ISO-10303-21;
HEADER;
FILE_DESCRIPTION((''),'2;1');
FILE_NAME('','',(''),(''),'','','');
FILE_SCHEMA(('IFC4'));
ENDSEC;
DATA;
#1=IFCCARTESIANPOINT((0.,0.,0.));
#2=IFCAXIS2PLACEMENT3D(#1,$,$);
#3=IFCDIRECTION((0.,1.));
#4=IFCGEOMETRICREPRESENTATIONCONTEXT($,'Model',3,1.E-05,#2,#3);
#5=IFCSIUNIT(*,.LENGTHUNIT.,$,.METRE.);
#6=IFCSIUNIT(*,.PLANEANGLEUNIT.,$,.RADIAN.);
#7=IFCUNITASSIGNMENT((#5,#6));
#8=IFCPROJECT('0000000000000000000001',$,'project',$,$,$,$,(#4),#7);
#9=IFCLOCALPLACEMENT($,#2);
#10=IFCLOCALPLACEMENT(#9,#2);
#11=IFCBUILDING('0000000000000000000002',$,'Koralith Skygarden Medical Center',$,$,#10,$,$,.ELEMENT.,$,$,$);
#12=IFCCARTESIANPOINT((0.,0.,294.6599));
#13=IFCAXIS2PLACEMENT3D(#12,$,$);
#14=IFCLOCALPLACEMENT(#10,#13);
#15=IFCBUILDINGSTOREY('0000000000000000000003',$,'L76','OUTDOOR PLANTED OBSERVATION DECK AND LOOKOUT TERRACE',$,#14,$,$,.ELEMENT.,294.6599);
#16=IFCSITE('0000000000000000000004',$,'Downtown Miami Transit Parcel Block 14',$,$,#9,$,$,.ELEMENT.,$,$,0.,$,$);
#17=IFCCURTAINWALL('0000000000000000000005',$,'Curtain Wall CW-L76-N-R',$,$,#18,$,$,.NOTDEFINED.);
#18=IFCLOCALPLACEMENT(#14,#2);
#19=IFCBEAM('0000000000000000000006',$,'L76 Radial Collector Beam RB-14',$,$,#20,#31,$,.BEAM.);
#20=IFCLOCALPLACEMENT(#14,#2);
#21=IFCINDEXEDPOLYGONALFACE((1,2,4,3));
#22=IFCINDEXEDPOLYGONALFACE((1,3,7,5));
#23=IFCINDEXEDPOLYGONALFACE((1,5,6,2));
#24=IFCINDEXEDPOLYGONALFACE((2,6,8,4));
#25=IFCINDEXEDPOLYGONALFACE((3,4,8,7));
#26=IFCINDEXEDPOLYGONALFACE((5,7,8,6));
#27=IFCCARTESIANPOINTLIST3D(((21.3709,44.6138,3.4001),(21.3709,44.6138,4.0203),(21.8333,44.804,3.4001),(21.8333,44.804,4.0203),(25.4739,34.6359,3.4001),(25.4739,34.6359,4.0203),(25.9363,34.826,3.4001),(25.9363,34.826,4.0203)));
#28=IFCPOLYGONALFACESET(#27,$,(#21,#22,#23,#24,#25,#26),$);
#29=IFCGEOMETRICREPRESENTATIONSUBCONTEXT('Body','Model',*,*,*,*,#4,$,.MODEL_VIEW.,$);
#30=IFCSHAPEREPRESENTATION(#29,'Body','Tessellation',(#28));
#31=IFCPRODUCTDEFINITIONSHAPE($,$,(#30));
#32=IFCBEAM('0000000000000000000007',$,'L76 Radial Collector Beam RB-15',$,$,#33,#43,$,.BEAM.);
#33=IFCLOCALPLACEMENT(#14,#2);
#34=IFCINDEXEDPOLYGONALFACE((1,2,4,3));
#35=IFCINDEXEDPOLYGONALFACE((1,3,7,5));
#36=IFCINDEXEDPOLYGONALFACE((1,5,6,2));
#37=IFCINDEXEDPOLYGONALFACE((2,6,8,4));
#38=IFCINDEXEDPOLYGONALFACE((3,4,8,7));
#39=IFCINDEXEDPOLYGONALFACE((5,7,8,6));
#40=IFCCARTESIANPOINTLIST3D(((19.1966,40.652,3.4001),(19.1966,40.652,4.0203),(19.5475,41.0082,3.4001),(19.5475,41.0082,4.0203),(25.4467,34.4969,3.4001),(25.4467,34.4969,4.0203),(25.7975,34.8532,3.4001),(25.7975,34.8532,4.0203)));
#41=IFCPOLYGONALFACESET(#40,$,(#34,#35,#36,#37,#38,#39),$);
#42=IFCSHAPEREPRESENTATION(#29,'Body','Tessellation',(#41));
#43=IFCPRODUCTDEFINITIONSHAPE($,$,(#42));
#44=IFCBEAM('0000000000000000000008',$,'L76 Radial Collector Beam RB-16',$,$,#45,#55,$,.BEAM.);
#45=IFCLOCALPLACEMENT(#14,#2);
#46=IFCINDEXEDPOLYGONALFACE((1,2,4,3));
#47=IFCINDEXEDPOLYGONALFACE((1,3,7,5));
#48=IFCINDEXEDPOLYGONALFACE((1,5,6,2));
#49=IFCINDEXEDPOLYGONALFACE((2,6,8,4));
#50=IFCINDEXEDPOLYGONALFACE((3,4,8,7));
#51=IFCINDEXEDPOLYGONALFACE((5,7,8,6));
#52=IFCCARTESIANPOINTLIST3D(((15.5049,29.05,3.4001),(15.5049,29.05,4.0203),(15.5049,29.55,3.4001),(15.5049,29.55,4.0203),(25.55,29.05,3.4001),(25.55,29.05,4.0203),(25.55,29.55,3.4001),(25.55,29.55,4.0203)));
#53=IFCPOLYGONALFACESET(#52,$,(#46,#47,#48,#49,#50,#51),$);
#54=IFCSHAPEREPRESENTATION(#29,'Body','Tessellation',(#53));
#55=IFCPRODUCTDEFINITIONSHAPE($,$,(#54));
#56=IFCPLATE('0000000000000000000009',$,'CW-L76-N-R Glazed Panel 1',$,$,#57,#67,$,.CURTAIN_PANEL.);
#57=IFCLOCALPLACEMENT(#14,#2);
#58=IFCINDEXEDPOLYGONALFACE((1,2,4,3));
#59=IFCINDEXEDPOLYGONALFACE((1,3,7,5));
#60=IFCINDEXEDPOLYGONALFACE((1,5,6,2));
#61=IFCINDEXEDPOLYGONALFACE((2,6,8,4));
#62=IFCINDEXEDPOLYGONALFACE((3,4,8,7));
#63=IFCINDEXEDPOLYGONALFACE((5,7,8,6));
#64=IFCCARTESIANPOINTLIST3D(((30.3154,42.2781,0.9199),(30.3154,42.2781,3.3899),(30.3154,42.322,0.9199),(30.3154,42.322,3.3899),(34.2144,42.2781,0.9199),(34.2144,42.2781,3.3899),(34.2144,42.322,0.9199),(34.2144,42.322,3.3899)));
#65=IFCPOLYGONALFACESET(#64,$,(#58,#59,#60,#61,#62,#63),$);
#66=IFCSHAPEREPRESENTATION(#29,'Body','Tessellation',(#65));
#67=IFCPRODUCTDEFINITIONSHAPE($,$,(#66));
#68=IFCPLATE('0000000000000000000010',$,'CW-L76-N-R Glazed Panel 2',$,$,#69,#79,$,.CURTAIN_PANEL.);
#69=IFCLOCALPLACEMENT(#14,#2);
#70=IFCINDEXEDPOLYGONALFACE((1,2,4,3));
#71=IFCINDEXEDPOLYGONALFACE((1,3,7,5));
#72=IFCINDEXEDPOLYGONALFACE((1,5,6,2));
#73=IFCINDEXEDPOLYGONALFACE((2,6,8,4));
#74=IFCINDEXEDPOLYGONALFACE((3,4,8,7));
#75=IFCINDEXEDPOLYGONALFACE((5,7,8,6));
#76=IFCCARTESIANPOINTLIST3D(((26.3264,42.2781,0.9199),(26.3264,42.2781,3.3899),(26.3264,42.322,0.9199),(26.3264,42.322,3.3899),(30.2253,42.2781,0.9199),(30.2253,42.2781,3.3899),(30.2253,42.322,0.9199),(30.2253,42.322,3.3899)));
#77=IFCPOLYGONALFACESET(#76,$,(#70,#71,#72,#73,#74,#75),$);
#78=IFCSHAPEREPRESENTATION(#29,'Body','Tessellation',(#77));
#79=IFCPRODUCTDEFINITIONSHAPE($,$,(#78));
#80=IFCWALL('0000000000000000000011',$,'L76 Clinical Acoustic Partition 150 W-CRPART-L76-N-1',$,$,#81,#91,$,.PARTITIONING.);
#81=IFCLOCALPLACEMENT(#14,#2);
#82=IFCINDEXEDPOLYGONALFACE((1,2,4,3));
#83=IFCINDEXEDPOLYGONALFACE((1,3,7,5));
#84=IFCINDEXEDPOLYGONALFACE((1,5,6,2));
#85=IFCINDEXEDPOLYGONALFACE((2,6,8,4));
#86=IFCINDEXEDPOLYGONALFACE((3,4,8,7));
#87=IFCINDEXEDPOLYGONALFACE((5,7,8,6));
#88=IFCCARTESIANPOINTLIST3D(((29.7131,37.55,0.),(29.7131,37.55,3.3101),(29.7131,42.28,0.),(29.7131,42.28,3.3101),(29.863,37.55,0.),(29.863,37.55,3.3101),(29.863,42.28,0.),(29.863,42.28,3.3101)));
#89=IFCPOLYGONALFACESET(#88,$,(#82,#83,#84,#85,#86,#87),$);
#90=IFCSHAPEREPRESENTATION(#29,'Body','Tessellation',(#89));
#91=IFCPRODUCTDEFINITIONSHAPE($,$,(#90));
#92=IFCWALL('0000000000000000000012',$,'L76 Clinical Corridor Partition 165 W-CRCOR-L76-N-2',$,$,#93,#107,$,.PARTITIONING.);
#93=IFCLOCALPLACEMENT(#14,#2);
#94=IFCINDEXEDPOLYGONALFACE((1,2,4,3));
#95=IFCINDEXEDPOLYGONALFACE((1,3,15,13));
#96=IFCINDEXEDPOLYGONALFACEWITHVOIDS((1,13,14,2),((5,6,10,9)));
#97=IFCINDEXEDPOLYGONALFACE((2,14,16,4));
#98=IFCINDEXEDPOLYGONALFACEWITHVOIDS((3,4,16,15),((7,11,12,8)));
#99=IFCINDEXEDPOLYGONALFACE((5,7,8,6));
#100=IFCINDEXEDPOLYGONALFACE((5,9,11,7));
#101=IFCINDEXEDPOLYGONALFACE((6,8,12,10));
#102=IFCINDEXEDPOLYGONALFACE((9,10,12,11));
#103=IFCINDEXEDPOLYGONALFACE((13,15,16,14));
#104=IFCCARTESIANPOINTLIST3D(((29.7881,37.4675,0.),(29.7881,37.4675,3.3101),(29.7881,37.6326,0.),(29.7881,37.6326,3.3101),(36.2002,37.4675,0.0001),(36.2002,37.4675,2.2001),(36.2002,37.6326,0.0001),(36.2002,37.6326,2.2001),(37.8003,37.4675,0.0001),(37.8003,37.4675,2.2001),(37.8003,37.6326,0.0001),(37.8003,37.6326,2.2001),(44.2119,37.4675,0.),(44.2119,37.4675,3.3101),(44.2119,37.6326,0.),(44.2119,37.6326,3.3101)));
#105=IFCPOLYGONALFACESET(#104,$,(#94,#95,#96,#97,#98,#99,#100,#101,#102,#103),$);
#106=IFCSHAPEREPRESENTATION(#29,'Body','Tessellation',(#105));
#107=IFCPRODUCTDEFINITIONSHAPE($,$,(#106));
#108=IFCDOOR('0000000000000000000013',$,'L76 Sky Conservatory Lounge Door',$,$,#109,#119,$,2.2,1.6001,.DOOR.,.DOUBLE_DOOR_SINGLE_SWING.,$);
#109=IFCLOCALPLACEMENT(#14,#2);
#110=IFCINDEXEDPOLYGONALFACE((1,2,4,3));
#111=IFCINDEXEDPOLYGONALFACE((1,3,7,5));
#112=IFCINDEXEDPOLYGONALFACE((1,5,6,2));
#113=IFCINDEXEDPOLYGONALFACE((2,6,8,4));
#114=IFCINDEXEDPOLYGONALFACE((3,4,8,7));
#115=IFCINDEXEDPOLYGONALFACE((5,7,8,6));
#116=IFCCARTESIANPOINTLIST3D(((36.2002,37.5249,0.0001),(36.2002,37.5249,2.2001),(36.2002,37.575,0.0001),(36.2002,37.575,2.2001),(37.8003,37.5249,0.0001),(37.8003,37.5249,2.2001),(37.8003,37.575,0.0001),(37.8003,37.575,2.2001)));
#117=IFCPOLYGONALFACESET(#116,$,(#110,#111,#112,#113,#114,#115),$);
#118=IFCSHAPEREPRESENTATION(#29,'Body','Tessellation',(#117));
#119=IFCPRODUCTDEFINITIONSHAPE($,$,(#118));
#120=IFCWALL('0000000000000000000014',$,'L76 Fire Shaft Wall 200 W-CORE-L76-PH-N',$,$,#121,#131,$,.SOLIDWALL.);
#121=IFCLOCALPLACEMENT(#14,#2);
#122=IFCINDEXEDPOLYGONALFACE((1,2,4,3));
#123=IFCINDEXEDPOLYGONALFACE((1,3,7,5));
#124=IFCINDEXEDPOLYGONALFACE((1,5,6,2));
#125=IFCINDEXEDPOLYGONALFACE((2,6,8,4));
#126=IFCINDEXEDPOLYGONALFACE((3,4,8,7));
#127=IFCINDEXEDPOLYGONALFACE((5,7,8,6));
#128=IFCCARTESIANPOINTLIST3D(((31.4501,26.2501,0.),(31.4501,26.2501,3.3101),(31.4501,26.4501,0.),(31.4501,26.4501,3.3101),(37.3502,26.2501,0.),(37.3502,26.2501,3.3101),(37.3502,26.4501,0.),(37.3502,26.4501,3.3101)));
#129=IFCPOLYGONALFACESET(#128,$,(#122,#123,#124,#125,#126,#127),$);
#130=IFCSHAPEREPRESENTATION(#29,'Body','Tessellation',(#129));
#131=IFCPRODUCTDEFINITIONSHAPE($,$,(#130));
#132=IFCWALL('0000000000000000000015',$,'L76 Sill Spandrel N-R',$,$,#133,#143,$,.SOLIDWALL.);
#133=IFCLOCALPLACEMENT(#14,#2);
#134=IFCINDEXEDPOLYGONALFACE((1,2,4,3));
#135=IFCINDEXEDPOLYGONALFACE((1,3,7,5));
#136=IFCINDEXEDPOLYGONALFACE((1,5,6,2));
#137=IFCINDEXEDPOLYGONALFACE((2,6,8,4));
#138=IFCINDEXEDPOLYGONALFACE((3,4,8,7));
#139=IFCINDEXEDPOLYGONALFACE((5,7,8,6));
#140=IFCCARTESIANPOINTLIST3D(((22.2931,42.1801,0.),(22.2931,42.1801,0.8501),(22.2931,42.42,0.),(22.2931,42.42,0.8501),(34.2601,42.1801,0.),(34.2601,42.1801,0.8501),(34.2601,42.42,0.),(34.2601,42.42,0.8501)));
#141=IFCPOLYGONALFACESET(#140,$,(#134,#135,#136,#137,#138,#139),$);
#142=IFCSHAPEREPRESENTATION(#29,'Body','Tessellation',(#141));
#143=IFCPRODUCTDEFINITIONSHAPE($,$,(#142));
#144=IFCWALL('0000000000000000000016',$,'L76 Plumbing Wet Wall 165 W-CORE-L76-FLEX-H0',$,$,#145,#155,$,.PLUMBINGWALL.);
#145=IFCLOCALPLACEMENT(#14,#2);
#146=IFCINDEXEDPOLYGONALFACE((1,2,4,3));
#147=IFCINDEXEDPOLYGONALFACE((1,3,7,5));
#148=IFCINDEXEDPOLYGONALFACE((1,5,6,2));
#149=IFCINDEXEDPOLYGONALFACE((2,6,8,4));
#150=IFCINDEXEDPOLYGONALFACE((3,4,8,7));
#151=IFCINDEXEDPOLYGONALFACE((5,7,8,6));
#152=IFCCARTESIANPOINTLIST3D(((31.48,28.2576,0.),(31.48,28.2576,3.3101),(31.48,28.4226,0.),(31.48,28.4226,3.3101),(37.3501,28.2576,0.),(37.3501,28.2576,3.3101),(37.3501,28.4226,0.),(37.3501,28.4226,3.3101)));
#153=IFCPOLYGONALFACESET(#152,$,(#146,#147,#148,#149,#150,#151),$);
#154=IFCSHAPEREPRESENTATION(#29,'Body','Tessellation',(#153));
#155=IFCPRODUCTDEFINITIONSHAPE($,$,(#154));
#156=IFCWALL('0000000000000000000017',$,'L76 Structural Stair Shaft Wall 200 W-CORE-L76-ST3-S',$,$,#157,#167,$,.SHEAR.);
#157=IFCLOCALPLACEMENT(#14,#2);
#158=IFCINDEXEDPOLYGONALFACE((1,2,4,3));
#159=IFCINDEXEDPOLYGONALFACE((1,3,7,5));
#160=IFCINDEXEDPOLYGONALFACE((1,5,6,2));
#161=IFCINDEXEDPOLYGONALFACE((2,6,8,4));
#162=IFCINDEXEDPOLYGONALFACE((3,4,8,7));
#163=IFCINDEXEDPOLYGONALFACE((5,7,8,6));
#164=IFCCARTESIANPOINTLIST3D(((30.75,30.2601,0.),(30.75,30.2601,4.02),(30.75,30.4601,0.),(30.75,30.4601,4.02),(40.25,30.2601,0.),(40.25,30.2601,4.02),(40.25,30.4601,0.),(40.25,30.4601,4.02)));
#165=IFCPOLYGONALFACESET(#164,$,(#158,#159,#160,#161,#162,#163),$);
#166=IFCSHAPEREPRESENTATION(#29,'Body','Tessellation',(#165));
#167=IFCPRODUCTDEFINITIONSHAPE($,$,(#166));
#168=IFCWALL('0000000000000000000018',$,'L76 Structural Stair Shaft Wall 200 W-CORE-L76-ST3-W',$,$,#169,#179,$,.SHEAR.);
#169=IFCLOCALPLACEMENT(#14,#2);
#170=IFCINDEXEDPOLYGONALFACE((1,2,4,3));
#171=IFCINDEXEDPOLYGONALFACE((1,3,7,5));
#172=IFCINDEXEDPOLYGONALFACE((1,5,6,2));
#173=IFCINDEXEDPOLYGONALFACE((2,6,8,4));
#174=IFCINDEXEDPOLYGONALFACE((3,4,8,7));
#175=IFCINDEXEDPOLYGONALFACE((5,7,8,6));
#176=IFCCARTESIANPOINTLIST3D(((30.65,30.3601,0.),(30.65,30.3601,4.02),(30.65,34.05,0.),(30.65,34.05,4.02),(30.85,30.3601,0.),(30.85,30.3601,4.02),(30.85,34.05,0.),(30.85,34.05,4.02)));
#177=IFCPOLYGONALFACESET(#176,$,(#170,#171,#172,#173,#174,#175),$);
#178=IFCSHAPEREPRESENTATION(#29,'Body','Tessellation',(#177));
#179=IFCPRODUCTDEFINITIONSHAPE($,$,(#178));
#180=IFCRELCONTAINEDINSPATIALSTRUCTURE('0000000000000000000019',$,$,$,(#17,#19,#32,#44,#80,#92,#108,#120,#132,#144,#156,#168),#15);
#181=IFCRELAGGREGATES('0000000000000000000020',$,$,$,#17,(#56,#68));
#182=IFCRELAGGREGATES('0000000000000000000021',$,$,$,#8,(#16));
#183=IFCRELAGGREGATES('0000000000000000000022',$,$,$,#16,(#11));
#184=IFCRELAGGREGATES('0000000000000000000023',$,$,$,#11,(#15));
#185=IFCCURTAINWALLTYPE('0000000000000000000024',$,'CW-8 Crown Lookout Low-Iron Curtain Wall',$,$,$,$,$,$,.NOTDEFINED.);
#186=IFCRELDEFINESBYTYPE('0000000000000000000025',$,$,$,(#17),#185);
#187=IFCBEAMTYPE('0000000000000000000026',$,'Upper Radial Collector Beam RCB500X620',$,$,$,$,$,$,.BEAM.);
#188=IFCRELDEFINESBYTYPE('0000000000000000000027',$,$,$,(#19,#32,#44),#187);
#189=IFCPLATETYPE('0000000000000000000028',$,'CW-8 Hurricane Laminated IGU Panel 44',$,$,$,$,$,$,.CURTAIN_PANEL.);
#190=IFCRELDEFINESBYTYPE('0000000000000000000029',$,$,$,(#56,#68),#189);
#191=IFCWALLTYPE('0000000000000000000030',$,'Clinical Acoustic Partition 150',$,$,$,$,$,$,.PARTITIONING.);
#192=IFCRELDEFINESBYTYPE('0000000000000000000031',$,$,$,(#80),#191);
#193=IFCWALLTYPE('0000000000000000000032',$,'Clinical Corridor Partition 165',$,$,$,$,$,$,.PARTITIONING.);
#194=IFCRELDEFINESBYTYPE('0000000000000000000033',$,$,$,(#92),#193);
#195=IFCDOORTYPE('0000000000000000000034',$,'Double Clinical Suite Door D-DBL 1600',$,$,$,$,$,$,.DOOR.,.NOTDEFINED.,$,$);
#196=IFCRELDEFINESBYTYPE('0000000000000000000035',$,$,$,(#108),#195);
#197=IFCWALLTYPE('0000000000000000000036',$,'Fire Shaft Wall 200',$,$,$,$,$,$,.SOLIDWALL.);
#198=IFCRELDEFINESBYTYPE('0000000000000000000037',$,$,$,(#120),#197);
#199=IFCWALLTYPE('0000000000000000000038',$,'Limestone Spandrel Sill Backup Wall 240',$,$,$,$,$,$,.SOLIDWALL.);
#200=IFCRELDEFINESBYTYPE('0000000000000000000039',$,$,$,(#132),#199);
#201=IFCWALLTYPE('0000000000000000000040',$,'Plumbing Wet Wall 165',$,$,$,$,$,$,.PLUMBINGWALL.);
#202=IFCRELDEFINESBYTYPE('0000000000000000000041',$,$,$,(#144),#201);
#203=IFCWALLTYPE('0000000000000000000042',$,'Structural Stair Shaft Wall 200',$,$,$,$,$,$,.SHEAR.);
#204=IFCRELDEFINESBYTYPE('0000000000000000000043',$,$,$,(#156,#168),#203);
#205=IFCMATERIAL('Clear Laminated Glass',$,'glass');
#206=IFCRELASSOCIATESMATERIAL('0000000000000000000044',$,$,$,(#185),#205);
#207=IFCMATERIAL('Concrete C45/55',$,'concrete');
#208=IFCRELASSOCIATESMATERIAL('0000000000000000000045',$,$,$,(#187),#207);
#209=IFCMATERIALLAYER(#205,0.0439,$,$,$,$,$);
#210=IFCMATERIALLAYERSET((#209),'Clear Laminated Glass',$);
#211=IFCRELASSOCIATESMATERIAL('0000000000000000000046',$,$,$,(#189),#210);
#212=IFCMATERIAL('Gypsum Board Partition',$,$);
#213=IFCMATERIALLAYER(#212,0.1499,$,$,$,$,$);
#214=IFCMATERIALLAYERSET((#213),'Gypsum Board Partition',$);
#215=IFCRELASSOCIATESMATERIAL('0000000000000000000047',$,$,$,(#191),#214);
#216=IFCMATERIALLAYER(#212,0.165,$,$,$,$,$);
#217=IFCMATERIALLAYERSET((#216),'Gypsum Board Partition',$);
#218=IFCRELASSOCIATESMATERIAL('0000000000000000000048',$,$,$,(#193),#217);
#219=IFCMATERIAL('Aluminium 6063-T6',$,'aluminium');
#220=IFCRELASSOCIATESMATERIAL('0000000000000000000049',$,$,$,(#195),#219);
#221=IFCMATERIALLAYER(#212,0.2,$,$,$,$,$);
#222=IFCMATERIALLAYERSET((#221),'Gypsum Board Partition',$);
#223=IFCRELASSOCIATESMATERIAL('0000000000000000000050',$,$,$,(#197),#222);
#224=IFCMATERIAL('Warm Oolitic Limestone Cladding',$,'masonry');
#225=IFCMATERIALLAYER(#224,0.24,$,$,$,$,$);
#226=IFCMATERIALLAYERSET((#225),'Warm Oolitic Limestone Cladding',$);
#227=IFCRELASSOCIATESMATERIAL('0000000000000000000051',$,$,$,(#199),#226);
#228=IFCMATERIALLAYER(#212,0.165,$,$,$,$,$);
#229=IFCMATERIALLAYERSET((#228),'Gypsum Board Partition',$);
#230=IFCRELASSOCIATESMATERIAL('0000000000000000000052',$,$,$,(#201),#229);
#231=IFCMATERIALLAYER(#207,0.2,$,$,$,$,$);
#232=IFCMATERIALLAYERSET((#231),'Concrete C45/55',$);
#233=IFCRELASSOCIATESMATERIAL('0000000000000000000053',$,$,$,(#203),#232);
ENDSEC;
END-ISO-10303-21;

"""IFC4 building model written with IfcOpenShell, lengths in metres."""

from ifc_helpers import new_model, si_unit, direction, frame, frame_2d, origin, origin_2d, place, context, subcontext, project, spatial, rectangle, extrude, material, layer, layer_set, material_profile, profile_set, type_object, element, fill, aggregate, save


model = new_model("IFC4")

# Units and contexts
model_context = context("Model", 3, precision=1e-05, world=origin(), true_north=direction((0.0, 1.0)))
body_context = subcontext(model_context, "Body", "Model", "MODEL_VIEW")
ifc_project = project(units=[si_unit("LENGTHUNIT", "METRE"), si_unit("PLANEANGLEUNIT", "RADIAN")], contexts=[model_context])

# Site, building, storey
site_placement = place(None, origin())
site = spatial("IfcSite", under=ifc_project, at=site_placement, Name="Downtown Miami Transit Parcel Block 14", CompositionType="ELEMENT", RefElevation=0.0)
building_placement = place(site_placement, origin())
building = spatial("IfcBuilding", under=site, at=building_placement, Name="Koralith Skygarden Medical Center", CompositionType="ELEMENT")
storey_placement = place(building_placement, frame((0.0, 0.0, 294.6599)))
storey = spatial("IfcBuildingStorey", under=building, at=storey_placement, Name="L76", Description="OUTDOOR PLANTED OBSERVATION DECK AND LOOKOUT TERRACE", CompositionType="ELEMENT", Elevation=294.6599)

# Curtain wall
ifc_material_1 = material(Name="Clear Laminated Glass", Category="glass")
curtain_wall_type = type_object("IfcCurtainWallType", Name="CW-8 Crown Lookout Low-Iron Curtain Wall", PredefinedType="NOTDEFINED", material=ifc_material_1)
curtain_wall_placement = place(storey_placement, origin())
curtain_wall = element("IfcCurtainWall", 1, at=curtain_wall_placement, inside=storey, type_object=curtain_wall_type, Name="Curtain Wall CW-L76-N-R", PredefinedType="NOTDEFINED")
ifc_material_2 = material(Name="Aluminium 6063-T6", Category="aluminium")

# Beams
ifc_material_3 = material(Name="Concrete C45/55", Category="concrete")
ifc_material_profile_1 = material_profile(ifc_material_3, rectangle(XDim=0.5, YDim=0.6201, at=origin_2d()), Name="RCB500X620")
ifc_profile_set_1 = profile_set([ifc_material_profile_1], Name="Concrete C45/55")
beam_type_1 = type_object("IfcBeamType", Name="Upper Radial Collector Beam RCB500X620", PredefinedType="BEAM", material=ifc_profile_set_1)
beam_1_placement = place(storey_placement, frame((25.7051, 34.731, 3.7102), z_axis=(-0.380308, 0.92486, 0.0), x_axis=(-0.92486, -0.380308, 0.0)))
element("IfcBeam", 2, at=beam_1_placement, inside=storey, type_object=beam_type_1, Name="L76 Radial Collector Beam RB-14", PredefinedType="BEAM", context=body_context, shape_type="SweptSolid", body=[
    extrude(rectangle(XDim=0.5, YDim=0.6201, at=origin_2d()), origin(), (0.0, 0.0, 1.0), 10.7886),
])
beam_2_placement = place(storey_placement, frame((25.6221, 34.675, 3.7102), z_axis=(-0.712499, 0.701673, 0.0), x_axis=(-0.701673, -0.712499, 0.0)))
element("IfcBeam", 3, at=beam_2_placement, inside=storey, type_object=beam_type_1, Name="L76 Radial Collector Beam RB-15", PredefinedType="BEAM", context=body_context, shape_type="SweptSolid", body=[
    extrude(rectangle(XDim=0.5, YDim=0.6201, at=origin_2d()), origin(), (0.0, 0.0, 1.0), 8.772),
])
beam_3_placement = place(storey_placement, frame((25.55, 29.3, 3.7102), z_axis=(-1.0, 0.0, 0.0), x_axis=(0.0, -1.0, 0.0)))
element("IfcBeam", 4, at=beam_3_placement, inside=storey, type_object=beam_type_1, Name="L76 Radial Collector Beam RB-16", PredefinedType="BEAM", context=body_context, shape_type="SweptSolid", body=[
    extrude(rectangle(XDim=0.5, YDim=0.6201, at=origin_2d()), origin(), (0.0, 0.0, 1.0), 10.0452),
])

# Plates
ifc_layer_1 = layer(ifc_material_1, 0.0439)
ifc_layer_set_1 = layer_set([ifc_layer_1], Name="Clear Laminated Glass")
plate_type = type_object("IfcPlateType", Name="CW-8 Hurricane Laminated IGU Panel 44", PredefinedType="CURTAIN_PANEL", material=ifc_layer_set_1)
plate_1_placement = place(storey_placement, frame((32.2649, 42.3, 0.9199), z_axis=(0.0, 0.0, 1.0), x_axis=(-1.0, 0.0, 0.0)))
plate_1 = element("IfcPlate", 5, at=plate_1_placement, type_object=plate_type, Name="CW-L76-N-R Glazed Panel 1", PredefinedType="CURTAIN_PANEL", context=body_context, shape_type="SweptSolid", body=[
    extrude(rectangle(XDim=3.8989, YDim=0.0439, at=origin_2d()), origin(), (0.0, 0.0, 1.0), 2.47),
])
plate_2_placement = place(storey_placement, frame((28.2759, 42.3, 0.9199), z_axis=(0.0, 0.0, 1.0), x_axis=(-1.0, 0.0, 0.0)))
plate_2 = element("IfcPlate", 6, at=plate_2_placement, type_object=plate_type, Name="CW-L76-N-R Glazed Panel 2", PredefinedType="CURTAIN_PANEL", context=body_context, shape_type="SweptSolid", body=[
    extrude(rectangle(XDim=3.8989, YDim=0.0439, at=origin_2d()), origin(), (0.0, 0.0, 1.0), 2.47),
])
aggregate(curtain_wall, [plate_1, plate_2])

# Wall
ifc_material_4 = material(Name="Gypsum Board Partition")
ifc_layer_2 = layer(ifc_material_4, 0.1499)
ifc_layer_set_2 = layer_set([ifc_layer_2], Name="Gypsum Board Partition")
wall_type_1 = type_object("IfcWallType", Name="Clinical Acoustic Partition 150", PredefinedType="PARTITIONING", material=ifc_layer_set_2)
wall_1_placement = place(storey_placement, frame((29.7881, 37.55, 0.0), z_axis=(0.0, 0.0, 1.0), x_axis=(0.0, 1.0, 0.0)))
element("IfcWall", 7, at=wall_1_placement, inside=storey, type_object=wall_type_1, Name="L76 Clinical Acoustic Partition 150 W-CRPART-L76-N-1", PredefinedType="PARTITIONING", context=body_context, shape_type="SweptSolid", body=[
    extrude(rectangle(XDim=4.73, YDim=0.1499, at=frame_2d((2.365, 0.0))), origin(), (0.0, 0.0, 1.0), 3.3101),
])

# Wall, opening, door
ifc_layer_3 = layer(ifc_material_4, 0.165)
ifc_layer_set_3 = layer_set([ifc_layer_3], Name="Gypsum Board Partition")
wall_type_2 = type_object("IfcWallType", Name="Clinical Corridor Partition 165", PredefinedType="PARTITIONING", material=ifc_layer_set_3)
wall_2_placement = place(storey_placement, frame((29.7881, 37.55, 0.0), z_axis=(0.0, 0.0, 1.0), x_axis=(1.0, 0.0, 0.0)))
wall_2 = element("IfcWall", 8, at=wall_2_placement, inside=storey, type_object=wall_type_2, Name="L76 Clinical Corridor Partition 165 W-CRCOR-L76-N-2", PredefinedType="PARTITIONING", context=body_context, shape_type="SweptSolid", body=[
    extrude(rectangle(XDim=14.4238, YDim=0.165, at=frame_2d((7.2119, 0.0))), origin(), (0.0, 0.0, 1.0), 3.3101),
])
opening_1_placement = place(wall_2_placement, frame((6.4121, 0.0, 0.0)))
opening_1 = element("IfcOpeningElement", 9, at=opening_1_placement, cuts=wall_2, PredefinedType="OPENING", context=body_context, shape_type="SweptSolid", body=[
    extrude(rectangle(XDim=1.6001, YDim=2.2, at=frame_2d((0.8, 1.1001))), frame((0.0, 0.0925, 0.0), z_axis=(0.0, -1.0, 0.0), x_axis=(1.0, 0.0, 0.0)), (0.0, 0.0, 1.0), 0.1851),
])
door_type_1 = type_object("IfcDoorType", Name="Double Clinical Suite Door D-DBL 1600", OperationType="NOTDEFINED", PredefinedType="DOOR", material=ifc_material_2)
door_1_placement = place(opening_1_placement, origin())
door_1 = element("IfcDoor", 10, at=door_1_placement, inside=storey, type_object=door_type_1, Name="L76 Sky Conservatory Lounge Door", OperationType="DOUBLE_DOOR_SINGLE_SWING", OverallHeight=2.2, OverallWidth=1.6001, PredefinedType="DOOR", context=body_context, shape_type="SweptSolid", body=[
    extrude(rectangle(XDim=1.6001, YDim=2.2, at=frame_2d((0.8, 1.1001))), frame((0.0, 0.0249, 0.0), z_axis=(0.0, -1.0, 0.0), x_axis=(1.0, 0.0, 0.0)), (0.0, 0.0, 1.0), 0.05),
])
fill(opening_1, door_1)

# Walls
ifc_layer_4 = layer(ifc_material_4, 0.2)
ifc_layer_set_4 = layer_set([ifc_layer_4], Name="Gypsum Board Partition")
wall_type_3 = type_object("IfcWallType", Name="Fire Shaft Wall 200", PredefinedType="SOLIDWALL", material=ifc_layer_set_4)
wall_3_placement = place(storey_placement, frame((31.45, 26.3501, 0.0), z_axis=(0.0, 0.0, 1.0), x_axis=(1.0, 0.0, 0.0)))
element("IfcWall", 11, at=wall_3_placement, inside=storey, type_object=wall_type_3, Name="L76 Fire Shaft Wall 200 W-CORE-L76-PH-N", PredefinedType="SOLIDWALL", context=body_context, shape_type="SweptSolid", body=[
    extrude(rectangle(XDim=5.9001, YDim=0.2, at=frame_2d((2.9502, 0.0))), origin(), (0.0, 0.0, 1.0), 3.3101),
])
ifc_material_5 = material(Name="Warm Oolitic Limestone Cladding", Category="masonry")
ifc_layer_5 = layer(ifc_material_5, 0.24)
ifc_layer_set_5 = layer_set([ifc_layer_5], Name="Warm Oolitic Limestone Cladding")
wall_type_4 = type_object("IfcWallType", Name="Limestone Spandrel Sill Backup Wall 240", PredefinedType="SOLIDWALL", material=ifc_layer_set_5)
wall_4_placement = place(storey_placement, frame((34.26, 42.3, 0.0), z_axis=(0.0, 0.0, 1.0), x_axis=(-1.0, 0.0, 0.0)))
element("IfcWall", 12, at=wall_4_placement, inside=storey, type_object=wall_type_4, Name="L76 Sill Spandrel N-R", PredefinedType="SOLIDWALL", context=body_context, shape_type="SweptSolid", body=[
    extrude(rectangle(XDim=11.967, YDim=0.24, at=frame_2d((5.9834, 0.0))), origin(), (0.0, 0.0, 1.0), 0.8501),
])

# Shared definitions
ifc_layer_6 = layer(ifc_material_4, 0.165)
ifc_layer_set_6 = layer_set([ifc_layer_6], Name="Gypsum Board Partition")
wall_type_5 = type_object("IfcWallType", Name="Plumbing Wet Wall 165", PredefinedType="PLUMBINGWALL", material=ifc_layer_set_6)

# Walls
wall_5_placement = place(storey_placement, frame((31.48, 28.3401, 0.0), z_axis=(0.0, 0.0, 1.0), x_axis=(1.0, 0.0, 0.0)))
element("IfcWall", 13, at=wall_5_placement, inside=storey, type_object=wall_type_5, Name="L76 Plumbing Wet Wall 165 W-CORE-L76-FLEX-H0", PredefinedType="PLUMBINGWALL", context=body_context, shape_type="SweptSolid", body=[
    extrude(rectangle(XDim=5.8701, YDim=0.165, at=frame_2d((2.9351, 0.0))), origin(), (0.0, 0.0, 1.0), 3.3101),
])
ifc_layer_7 = layer(ifc_material_3, 0.2)
ifc_layer_set_7 = layer_set([ifc_layer_7], Name="Concrete C45/55")
wall_type_6 = type_object("IfcWallType", Name="Structural Stair Shaft Wall 200", PredefinedType="SHEAR", material=ifc_layer_set_7)
wall_6_placement = place(storey_placement, frame((30.75, 30.3601, 0.0), z_axis=(0.0, 0.0, 1.0), x_axis=(1.0, 0.0, 0.0)))
element("IfcWall", 14, at=wall_6_placement, inside=storey, type_object=wall_type_6, Name="L76 Structural Stair Shaft Wall 200 W-CORE-L76-ST3-S", PredefinedType="SHEAR", context=body_context, shape_type="SweptSolid", body=[
    extrude(rectangle(XDim=9.5, YDim=0.2, at=frame_2d((4.75, 0.0))), origin(), (0.0, 0.0, 1.0), 4.02),
])
wall_7_placement = place(storey_placement, frame((30.75, 30.3601, 0.0), z_axis=(0.0, 0.0, 1.0), x_axis=(0.0, 1.0, 0.0)))
element("IfcWall", 15, at=wall_7_placement, inside=storey, type_object=wall_type_6, Name="L76 Structural Stair Shaft Wall 200 W-CORE-L76-ST3-W", PredefinedType="SHEAR", context=body_context, shape_type="SweptSolid", body=[
    extrude(rectangle(XDim=3.6899, YDim=0.2, at=frame_2d((1.845, 0.0))), origin(), (0.0, 0.0, 1.0), 4.02),
])

save(model, "model.ifc")
